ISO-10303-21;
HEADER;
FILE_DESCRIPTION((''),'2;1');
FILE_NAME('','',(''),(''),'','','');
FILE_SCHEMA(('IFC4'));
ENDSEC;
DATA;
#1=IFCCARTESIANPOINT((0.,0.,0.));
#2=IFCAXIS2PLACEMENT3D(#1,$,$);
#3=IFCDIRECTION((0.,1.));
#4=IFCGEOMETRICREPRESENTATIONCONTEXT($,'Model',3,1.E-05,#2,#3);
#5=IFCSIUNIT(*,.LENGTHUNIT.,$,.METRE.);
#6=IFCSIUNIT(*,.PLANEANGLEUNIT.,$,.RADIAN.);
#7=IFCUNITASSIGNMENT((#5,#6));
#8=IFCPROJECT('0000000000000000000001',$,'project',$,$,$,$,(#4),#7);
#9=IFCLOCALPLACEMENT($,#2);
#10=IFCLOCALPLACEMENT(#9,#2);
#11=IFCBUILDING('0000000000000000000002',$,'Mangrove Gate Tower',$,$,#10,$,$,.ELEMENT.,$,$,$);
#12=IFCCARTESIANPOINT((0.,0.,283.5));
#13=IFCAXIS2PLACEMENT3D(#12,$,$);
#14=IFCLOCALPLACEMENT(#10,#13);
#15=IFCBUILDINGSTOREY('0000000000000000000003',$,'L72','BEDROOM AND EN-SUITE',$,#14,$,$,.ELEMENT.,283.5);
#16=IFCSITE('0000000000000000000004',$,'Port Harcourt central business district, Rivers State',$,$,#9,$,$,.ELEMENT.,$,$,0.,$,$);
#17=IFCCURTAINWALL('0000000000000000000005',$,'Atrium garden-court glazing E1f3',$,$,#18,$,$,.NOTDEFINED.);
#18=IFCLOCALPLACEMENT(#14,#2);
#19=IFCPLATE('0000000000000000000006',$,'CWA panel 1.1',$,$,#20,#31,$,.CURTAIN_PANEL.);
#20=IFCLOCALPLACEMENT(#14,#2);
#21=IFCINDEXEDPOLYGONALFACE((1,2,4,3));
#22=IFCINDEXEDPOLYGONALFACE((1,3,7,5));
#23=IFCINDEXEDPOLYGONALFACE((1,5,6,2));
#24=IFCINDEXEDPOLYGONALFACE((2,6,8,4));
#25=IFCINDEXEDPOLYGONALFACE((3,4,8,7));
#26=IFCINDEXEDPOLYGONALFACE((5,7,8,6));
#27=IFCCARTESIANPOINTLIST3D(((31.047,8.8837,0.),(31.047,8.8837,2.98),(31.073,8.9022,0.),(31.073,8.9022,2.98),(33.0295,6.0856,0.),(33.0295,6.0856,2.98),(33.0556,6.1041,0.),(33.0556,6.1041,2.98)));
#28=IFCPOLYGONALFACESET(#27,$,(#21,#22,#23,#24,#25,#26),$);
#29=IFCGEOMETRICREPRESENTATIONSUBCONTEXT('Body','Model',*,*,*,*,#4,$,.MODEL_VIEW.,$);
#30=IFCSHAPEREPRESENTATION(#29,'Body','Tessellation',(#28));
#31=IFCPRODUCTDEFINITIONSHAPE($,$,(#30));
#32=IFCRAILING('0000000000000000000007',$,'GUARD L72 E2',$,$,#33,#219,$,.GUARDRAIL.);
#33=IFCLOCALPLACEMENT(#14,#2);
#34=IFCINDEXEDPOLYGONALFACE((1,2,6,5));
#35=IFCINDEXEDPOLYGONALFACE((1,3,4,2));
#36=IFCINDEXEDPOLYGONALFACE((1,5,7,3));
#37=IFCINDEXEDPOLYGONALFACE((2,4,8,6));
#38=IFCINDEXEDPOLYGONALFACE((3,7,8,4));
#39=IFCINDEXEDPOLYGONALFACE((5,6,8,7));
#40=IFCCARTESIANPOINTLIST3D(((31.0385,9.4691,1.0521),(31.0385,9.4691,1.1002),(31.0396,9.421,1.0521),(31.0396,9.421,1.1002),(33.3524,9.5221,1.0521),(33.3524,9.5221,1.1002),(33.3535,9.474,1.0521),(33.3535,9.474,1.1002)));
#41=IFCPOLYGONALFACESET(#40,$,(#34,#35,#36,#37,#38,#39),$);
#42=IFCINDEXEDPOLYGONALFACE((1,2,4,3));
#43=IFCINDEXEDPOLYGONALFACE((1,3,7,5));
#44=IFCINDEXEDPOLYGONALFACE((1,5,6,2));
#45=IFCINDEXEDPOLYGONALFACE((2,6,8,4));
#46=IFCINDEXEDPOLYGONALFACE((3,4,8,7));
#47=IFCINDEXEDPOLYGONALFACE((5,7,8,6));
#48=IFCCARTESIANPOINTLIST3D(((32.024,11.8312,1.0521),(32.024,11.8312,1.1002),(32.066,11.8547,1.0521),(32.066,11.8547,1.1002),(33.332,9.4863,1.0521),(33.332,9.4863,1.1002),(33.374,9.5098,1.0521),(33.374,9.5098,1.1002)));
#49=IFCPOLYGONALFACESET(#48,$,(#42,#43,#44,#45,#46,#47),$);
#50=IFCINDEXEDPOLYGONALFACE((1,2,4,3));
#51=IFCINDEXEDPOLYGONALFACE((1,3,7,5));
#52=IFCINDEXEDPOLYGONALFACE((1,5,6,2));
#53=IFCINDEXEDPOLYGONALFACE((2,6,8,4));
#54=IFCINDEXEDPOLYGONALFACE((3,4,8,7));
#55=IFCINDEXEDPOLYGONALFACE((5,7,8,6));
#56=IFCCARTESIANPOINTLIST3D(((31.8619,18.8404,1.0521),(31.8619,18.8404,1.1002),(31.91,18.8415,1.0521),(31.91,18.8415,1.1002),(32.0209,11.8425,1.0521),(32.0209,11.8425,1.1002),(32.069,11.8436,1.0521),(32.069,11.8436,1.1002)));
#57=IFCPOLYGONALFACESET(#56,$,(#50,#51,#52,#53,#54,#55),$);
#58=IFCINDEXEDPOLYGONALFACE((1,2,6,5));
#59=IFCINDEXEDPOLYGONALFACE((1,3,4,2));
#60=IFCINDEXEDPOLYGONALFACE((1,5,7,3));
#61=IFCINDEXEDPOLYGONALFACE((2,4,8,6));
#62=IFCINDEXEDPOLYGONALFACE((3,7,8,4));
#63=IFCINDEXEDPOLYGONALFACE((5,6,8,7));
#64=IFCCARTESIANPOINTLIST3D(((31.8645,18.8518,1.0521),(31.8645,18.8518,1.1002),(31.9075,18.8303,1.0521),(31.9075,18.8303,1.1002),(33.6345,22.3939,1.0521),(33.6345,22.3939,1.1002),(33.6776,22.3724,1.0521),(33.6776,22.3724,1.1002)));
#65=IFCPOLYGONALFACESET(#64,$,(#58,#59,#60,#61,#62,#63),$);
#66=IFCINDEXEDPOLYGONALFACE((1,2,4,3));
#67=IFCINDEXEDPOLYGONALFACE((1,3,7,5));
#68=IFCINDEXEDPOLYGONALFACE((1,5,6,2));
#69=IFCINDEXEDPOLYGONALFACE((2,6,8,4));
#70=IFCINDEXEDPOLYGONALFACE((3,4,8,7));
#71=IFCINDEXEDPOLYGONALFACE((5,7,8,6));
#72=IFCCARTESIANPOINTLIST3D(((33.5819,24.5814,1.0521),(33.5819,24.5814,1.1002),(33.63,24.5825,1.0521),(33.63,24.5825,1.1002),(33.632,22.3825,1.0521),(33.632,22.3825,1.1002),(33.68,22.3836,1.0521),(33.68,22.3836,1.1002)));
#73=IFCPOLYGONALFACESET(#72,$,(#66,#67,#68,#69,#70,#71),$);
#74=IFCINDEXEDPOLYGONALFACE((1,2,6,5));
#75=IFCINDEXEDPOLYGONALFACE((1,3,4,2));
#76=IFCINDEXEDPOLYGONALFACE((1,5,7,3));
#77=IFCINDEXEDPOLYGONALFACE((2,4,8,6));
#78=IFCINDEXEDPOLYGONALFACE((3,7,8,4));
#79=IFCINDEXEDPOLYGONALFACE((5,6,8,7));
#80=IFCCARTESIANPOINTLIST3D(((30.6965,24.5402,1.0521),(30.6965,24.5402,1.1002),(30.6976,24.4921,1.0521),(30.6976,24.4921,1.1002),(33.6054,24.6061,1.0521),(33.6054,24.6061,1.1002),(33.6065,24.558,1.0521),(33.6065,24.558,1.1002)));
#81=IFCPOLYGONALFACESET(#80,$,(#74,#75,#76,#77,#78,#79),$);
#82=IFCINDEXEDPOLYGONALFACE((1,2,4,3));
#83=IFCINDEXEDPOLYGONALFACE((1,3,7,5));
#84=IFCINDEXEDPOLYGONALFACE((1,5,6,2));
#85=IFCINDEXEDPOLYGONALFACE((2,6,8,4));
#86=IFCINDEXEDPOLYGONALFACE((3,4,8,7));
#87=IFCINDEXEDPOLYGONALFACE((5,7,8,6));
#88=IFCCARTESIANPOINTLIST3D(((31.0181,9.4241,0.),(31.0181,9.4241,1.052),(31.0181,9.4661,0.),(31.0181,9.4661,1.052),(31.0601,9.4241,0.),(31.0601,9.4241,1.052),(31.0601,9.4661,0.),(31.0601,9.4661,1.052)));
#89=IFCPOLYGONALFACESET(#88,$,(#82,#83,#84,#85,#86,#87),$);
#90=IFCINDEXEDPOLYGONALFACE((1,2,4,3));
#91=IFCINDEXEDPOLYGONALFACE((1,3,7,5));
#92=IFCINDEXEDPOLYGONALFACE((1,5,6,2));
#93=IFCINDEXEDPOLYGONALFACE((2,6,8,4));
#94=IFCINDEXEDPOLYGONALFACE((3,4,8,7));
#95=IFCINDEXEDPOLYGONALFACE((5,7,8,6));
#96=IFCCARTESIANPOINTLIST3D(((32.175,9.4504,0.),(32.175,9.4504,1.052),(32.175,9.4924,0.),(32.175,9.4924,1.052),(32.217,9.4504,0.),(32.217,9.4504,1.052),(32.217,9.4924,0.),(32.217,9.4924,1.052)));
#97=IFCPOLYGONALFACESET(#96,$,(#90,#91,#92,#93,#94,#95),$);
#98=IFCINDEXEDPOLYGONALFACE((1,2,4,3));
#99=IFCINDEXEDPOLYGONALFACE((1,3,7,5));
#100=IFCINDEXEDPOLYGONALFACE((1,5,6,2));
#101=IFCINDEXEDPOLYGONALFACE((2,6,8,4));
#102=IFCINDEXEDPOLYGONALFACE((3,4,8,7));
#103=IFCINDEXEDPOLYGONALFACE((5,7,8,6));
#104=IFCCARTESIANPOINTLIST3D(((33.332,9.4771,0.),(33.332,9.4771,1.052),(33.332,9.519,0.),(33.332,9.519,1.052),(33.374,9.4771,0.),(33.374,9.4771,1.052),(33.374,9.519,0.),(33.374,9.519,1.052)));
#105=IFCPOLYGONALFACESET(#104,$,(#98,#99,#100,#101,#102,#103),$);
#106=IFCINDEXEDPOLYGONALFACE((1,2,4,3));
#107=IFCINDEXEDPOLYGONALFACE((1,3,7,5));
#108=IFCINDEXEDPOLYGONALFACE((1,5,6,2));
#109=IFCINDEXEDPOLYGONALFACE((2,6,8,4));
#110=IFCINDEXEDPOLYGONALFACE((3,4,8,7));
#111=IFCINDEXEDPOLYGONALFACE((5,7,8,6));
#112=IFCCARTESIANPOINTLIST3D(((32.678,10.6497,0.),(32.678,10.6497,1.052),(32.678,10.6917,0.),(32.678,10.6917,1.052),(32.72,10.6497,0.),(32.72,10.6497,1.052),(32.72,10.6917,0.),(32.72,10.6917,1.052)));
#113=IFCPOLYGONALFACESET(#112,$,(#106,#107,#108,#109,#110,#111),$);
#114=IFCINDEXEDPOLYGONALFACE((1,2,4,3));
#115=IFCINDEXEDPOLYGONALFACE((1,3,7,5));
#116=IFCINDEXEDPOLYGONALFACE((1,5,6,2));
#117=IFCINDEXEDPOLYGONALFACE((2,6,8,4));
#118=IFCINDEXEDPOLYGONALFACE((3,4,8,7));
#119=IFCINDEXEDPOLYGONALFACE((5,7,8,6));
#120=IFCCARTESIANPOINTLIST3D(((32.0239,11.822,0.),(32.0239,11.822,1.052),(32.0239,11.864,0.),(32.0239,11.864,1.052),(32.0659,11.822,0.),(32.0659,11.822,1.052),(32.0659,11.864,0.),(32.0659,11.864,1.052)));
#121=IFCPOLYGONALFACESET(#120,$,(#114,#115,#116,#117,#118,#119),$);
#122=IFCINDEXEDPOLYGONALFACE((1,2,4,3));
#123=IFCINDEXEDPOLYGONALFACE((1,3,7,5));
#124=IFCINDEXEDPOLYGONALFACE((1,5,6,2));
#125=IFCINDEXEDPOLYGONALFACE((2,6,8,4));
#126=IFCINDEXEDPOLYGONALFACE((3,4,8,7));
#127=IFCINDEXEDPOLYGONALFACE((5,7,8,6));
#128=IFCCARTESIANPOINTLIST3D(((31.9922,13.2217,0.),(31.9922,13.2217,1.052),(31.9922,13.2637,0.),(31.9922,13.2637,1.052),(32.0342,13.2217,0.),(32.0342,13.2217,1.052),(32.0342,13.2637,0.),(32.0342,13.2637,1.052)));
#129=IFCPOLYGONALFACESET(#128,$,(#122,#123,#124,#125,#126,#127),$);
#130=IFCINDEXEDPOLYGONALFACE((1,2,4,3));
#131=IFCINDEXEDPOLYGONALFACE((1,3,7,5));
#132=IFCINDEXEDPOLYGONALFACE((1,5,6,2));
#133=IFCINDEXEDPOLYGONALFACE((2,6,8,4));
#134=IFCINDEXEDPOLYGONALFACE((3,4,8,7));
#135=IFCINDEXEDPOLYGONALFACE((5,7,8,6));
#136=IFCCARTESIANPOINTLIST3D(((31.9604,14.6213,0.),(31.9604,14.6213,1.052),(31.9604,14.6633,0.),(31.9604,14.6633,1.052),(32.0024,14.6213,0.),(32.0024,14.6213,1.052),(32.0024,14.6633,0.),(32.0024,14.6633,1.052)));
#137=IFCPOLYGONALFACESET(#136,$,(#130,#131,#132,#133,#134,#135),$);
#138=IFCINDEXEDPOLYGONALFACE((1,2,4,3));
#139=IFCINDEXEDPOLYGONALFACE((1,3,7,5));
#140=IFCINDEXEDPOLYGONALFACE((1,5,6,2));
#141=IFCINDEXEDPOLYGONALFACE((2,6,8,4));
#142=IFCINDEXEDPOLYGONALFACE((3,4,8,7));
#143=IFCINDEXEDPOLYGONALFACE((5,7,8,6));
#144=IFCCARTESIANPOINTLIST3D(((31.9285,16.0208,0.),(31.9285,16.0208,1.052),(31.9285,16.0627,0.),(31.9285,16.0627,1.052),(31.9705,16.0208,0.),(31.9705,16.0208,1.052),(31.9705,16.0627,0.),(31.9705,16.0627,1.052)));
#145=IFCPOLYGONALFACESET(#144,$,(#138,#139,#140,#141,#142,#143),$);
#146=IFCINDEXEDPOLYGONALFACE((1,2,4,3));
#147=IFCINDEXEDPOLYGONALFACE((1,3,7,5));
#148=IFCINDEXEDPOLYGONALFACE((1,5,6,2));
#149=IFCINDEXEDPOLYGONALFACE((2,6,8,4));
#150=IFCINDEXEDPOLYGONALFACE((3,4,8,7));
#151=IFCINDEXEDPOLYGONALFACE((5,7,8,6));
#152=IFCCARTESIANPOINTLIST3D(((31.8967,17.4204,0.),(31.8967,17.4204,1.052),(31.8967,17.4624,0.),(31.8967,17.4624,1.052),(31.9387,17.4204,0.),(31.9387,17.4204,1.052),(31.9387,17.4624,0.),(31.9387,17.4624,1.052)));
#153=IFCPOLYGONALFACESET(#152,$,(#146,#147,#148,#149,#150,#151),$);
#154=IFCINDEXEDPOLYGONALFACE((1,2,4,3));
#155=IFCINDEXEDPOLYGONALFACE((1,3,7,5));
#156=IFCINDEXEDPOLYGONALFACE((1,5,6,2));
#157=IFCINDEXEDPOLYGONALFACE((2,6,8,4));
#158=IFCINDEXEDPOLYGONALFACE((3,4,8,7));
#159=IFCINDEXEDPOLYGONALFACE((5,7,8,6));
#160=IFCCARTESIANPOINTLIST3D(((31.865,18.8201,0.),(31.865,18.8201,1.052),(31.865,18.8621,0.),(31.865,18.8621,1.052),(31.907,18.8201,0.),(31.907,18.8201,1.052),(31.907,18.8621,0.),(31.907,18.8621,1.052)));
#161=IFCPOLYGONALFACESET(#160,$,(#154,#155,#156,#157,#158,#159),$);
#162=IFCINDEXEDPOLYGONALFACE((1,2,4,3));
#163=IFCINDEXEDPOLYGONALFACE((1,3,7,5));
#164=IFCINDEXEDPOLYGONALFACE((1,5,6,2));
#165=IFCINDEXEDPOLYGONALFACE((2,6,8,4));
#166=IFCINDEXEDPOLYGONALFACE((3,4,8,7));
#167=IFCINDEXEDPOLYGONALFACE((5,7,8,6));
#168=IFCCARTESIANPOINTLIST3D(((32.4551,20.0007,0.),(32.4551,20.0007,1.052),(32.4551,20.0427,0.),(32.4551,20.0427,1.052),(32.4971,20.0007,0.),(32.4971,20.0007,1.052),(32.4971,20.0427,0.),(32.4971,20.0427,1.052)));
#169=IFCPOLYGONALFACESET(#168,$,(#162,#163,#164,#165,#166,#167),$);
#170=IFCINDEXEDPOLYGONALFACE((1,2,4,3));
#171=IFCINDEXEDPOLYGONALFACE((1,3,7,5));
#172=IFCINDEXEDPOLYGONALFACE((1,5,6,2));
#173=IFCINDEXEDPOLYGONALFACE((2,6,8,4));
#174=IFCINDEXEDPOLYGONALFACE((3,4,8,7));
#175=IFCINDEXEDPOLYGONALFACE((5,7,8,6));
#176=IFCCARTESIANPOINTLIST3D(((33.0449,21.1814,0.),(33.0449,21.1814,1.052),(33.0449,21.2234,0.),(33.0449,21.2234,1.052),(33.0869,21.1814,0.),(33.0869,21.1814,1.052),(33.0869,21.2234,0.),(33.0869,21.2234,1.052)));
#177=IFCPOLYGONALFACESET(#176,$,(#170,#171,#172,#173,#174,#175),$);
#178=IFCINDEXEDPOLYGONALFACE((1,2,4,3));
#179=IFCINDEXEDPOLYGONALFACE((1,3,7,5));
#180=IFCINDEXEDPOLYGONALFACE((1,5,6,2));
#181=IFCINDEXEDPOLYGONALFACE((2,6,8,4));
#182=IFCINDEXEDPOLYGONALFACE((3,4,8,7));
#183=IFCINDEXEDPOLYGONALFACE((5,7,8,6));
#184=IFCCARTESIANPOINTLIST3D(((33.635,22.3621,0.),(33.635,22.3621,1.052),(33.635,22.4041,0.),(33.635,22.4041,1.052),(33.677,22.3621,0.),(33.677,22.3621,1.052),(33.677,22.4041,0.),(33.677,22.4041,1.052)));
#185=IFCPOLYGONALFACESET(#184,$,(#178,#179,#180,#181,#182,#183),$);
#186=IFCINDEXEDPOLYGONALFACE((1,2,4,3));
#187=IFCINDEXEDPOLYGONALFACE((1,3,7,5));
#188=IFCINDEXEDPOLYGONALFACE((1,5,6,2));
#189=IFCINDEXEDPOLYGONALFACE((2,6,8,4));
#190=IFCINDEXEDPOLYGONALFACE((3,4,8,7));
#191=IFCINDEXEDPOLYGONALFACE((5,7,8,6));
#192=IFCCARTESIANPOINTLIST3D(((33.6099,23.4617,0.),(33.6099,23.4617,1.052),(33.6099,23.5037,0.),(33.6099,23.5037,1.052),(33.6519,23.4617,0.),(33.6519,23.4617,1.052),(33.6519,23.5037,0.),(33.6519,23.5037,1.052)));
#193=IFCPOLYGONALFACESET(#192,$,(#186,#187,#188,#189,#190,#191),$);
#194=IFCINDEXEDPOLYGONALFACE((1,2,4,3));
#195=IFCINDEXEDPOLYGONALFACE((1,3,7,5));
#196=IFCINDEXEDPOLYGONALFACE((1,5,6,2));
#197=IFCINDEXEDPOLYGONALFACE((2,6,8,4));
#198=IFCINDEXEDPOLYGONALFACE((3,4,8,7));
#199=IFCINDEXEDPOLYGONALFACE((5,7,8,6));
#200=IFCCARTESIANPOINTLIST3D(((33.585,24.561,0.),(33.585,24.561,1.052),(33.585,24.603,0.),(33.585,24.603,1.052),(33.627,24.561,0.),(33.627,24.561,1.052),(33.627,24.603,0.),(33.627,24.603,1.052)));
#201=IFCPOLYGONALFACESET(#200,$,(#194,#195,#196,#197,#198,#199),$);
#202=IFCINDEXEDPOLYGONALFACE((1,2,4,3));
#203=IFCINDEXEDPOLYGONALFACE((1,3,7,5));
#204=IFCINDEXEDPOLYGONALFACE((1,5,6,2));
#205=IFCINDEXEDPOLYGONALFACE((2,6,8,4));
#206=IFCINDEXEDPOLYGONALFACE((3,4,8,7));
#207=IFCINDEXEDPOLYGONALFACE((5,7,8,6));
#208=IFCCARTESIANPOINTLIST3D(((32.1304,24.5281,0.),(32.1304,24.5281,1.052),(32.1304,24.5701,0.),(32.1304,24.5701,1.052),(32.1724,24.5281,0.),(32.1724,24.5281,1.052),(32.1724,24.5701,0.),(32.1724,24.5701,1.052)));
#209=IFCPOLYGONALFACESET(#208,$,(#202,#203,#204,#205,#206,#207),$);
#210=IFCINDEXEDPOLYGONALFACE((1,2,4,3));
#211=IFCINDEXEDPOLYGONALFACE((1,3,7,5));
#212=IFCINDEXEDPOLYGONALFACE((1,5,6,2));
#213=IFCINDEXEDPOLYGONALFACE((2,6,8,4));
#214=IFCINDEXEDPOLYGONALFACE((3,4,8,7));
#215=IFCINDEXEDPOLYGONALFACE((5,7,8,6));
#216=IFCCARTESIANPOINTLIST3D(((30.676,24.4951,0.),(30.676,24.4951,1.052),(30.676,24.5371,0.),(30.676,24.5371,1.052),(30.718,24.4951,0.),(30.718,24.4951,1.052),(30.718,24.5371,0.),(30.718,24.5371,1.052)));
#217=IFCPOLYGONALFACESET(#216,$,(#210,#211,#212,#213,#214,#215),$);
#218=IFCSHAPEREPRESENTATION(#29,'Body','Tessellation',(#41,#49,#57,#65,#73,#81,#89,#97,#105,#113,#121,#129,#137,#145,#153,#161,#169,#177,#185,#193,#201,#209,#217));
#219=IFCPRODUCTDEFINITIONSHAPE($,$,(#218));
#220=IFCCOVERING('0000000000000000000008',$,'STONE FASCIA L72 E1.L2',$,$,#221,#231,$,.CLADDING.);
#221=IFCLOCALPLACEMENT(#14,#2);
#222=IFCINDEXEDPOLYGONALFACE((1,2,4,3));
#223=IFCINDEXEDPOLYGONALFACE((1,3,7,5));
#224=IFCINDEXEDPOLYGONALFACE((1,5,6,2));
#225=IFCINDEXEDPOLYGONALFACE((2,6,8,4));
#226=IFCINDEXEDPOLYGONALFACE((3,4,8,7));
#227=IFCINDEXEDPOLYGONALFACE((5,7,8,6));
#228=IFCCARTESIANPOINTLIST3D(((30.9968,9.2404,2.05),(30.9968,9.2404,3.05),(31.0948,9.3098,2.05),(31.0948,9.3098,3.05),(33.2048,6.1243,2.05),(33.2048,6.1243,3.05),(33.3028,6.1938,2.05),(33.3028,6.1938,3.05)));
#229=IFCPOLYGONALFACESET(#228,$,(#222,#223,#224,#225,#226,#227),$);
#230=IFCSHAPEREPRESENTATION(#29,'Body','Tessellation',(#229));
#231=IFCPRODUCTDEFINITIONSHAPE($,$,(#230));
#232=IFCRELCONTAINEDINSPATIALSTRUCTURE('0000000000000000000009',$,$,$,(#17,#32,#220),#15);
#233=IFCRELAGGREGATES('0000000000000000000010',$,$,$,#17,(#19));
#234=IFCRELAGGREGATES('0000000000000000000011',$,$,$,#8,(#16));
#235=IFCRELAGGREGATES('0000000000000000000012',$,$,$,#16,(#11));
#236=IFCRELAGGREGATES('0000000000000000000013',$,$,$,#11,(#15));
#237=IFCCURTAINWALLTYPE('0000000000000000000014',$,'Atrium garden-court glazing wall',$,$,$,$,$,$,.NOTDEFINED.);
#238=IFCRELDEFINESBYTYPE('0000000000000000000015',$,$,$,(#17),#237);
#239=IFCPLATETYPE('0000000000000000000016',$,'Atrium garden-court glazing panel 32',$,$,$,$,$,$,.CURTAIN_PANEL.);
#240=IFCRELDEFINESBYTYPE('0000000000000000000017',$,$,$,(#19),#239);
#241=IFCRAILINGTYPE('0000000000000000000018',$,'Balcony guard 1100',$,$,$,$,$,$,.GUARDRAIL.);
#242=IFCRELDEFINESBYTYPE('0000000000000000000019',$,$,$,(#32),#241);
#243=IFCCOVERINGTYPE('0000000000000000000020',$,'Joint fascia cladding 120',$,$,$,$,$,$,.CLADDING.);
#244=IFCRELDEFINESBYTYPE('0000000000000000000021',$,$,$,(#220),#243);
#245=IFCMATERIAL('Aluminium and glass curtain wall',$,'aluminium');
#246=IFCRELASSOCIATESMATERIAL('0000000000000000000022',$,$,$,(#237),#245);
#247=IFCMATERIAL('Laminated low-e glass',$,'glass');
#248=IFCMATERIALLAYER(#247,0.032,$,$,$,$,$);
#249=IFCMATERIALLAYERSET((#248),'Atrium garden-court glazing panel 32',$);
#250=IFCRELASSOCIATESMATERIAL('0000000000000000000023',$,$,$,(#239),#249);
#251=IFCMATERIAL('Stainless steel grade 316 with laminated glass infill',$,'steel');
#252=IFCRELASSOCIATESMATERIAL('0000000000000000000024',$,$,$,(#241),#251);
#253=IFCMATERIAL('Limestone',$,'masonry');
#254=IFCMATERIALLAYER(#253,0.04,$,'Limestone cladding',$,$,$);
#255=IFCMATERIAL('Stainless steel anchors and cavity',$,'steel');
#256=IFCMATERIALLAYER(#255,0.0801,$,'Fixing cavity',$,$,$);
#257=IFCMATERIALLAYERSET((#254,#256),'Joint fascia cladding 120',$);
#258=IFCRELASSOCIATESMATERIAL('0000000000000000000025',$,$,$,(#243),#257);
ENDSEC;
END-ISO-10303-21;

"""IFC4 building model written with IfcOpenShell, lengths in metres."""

from ifc_helpers import new_model, si_unit, direction, frame, frame_2d, origin, origin_2d, place, context, subcontext, project, spatial, rectangle, extrude, material, layer, layer_set, type_object, element, aggregate, save


model = new_model("IFC4")

# Units and contexts
model_context = context("Model", 3, precision=1e-05, world=origin(), true_north=direction((0.0, 1.0)))
body_context = subcontext(model_context, "Body", "Model", "MODEL_VIEW")
ifc_project = project(units=[si_unit("LENGTHUNIT", "METRE"), si_unit("PLANEANGLEUNIT", "RADIAN")], contexts=[model_context])

# Site, building, storey
site_placement = place(None, origin())
site = spatial("IfcSite", under=ifc_project, at=site_placement, Name="Port Harcourt central business district, Rivers State", CompositionType="ELEMENT", RefElevation=0.0)
building_placement = place(site_placement, origin())
building = spatial("IfcBuilding", under=site, at=building_placement, Name="Mangrove Gate Tower", CompositionType="ELEMENT")
storey_placement = place(building_placement, frame((0.0, 0.0, 283.5)))
storey = spatial("IfcBuildingStorey", under=building, at=storey_placement, Name="L72", Description="BEDROOM AND EN-SUITE", CompositionType="ELEMENT", Elevation=283.5)

# Shared definitions
ifc_material_1 = material(Name="Aluminium and glass curtain wall", Category="aluminium")
curtain_wall_type = type_object("IfcCurtainWallType", Name="Atrium garden-court glazing wall", PredefinedType="NOTDEFINED", material=ifc_material_1)

# Curtain wall
curtain_wall_1_placement = place(storey_placement, origin())
curtain_wall_1 = element("IfcCurtainWall", 1, at=curtain_wall_1_placement, inside=storey, type_object=curtain_wall_type, Name="Atrium garden-court glazing E1f3", PredefinedType="NOTDEFINED")

# Plate
ifc_material_2 = material(Name="Laminated low-e glass", Category="glass")
ifc_layer_1 = layer(ifc_material_2, 0.032)
ifc_layer_set_1 = layer_set([ifc_layer_1], Name="Atrium garden-court glazing panel 32")
plate_type = type_object("IfcPlateType", Name="Atrium garden-court glazing panel 32", PredefinedType="CURTAIN_PANEL", material=ifc_layer_set_1)
plate_1_placement = place(storey_placement, frame((32.0513, 7.4939, 0.0), z_axis=(0.0, 0.0, 1.0), x_axis=(-0.578135, 0.815941, 0.0)))
plate_1 = element("IfcPlate", 2, at=plate_1_placement, type_object=plate_type, Name="CWA panel 1.1", PredefinedType="CURTAIN_PANEL", context=body_context, shape_type="SweptSolid", body=[
    extrude(rectangle(XDim=3.4292, YDim=0.032, at=origin_2d()), origin(), (0.0, 0.0, 1.0), 2.98),
])
aggregate(curtain_wall_1, [plate_1])

# Shared definitions
ifc_material_3 = material(Name="Limestone", Category="masonry")

# Railing
ifc_material_4 = material(Name="Stainless steel grade 316 with laminated glass infill", Category="steel")
railing_type = type_object("IfcRailingType", Name="Balcony guard 1100", PredefinedType="GUARDRAIL", material=ifc_material_4)
railing_placement = place(storey_placement, frame((31.0391, 9.4451, 0.0)))
element("IfcRailing", 3, at=railing_placement, inside=storey, type_object=railing_type, Name="GUARD L72 E2", PredefinedType="GUARDRAIL", context=body_context, shape_type="SweptSolid", body=[
    extrude(rectangle(XDim=0.0481, YDim=0.0481, at=origin_2d()), frame((0.0, 0.0, 1.0762), z_axis=(0.999738, 0.022889, 0.0), x_axis=(-0.022889, 0.999738, 0.0)), (0.0, 0.0, 1.0), 2.3145),
    extrude(rectangle(XDim=0.0481, YDim=0.0481, at=origin_2d()), frame((2.314, 0.053, 1.0762), z_axis=(-0.487163, 0.873311, 0.0), x_axis=(-0.873311, -0.487163, 0.0)), (0.0, 0.0, 1.0), 2.6851),
    extrude(rectangle(XDim=0.0481, YDim=0.0481, at=origin_2d()), frame((1.0059, 2.3979, 1.0762), z_axis=(-0.022706, 0.999742, 0.0), x_axis=(-0.999742, -0.022706, 0.0)), (0.0, 0.0, 1.0), 6.9998),
    extrude(rectangle(XDim=0.0481, YDim=0.0481, at=origin_2d()), frame((0.8469, 9.396, 1.0762), z_axis=(0.447016, 0.894526, 0.0), x_axis=(-0.894526, 0.447016, 0.0)), (0.0, 0.0, 1.0), 3.9597),
    extrude(rectangle(XDim=0.0481, YDim=0.0481, at=origin_2d()), frame((2.6169, 12.938, 1.0762), z_axis=(-0.022754, 0.999741, 0.0), x_axis=(-0.999741, -0.022754, 0.0)), (0.0, 0.0, 1.0), 2.1995),
    extrude(rectangle(XDim=0.0481, YDim=0.0481, at=origin_2d()), frame((2.5669, 15.137, 1.0762), z_axis=(-0.999743, -0.022655, 0.0), x_axis=(0.022655, -0.999743, 0.0)), (0.0, 0.0, 1.0), 2.9097),
    extrude(rectangle(XDim=0.042, YDim=0.042, at=origin_2d()), origin(), (0.0, 0.0, 1.0), 1.052),
    extrude(rectangle(XDim=0.042, YDim=0.042, at=origin_2d()), frame((1.157, 0.0264, 0.0)), (0.0, 0.0, 1.0), 1.052),
    extrude(rectangle(XDim=0.042, YDim=0.042, at=origin_2d()), frame((2.314, 0.053, 0.0)), (0.0, 0.0, 1.0), 1.052),
    extrude(rectangle(XDim=0.042, YDim=0.042, at=origin_2d()), frame((1.6599, 1.2256, 0.0)), (0.0, 0.0, 1.0), 1.052),
    extrude(rectangle(XDim=0.042, YDim=0.042, at=origin_2d()), frame((1.0059, 2.3979, 0.0)), (0.0, 0.0, 1.0), 1.052),
    extrude(rectangle(XDim=0.042, YDim=0.042, at=origin_2d()), frame((0.9741, 3.7976, 0.0)), (0.0, 0.0, 1.0), 1.052),
    extrude(rectangle(XDim=0.042, YDim=0.042, at=origin_2d()), frame((0.9424, 5.1973, 0.0)), (0.0, 0.0, 1.0), 1.052),
    extrude(rectangle(XDim=0.042, YDim=0.042, at=origin_2d()), frame((0.9104, 6.5967, 0.0)), (0.0, 0.0, 1.0), 1.052),
    extrude(rectangle(XDim=0.042, YDim=0.042, at=origin_2d()), frame((0.8787, 7.9963, 0.0)), (0.0, 0.0, 1.0), 1.052),
    extrude(rectangle(XDim=0.042, YDim=0.042, at=origin_2d()), frame((0.8469, 9.396, 0.0)), (0.0, 0.0, 1.0), 1.052),
    extrude(rectangle(XDim=0.042, YDim=0.042, at=origin_2d()), frame((1.437, 10.5767, 0.0)), (0.0, 0.0, 1.0), 1.052),
    extrude(rectangle(XDim=0.042, YDim=0.042, at=origin_2d()), frame((2.0269, 11.7573, 0.0)), (0.0, 0.0, 1.0), 1.052),
    extrude(rectangle(XDim=0.042, YDim=0.042, at=origin_2d()), frame((2.6169, 12.938, 0.0)), (0.0, 0.0, 1.0), 1.052),
    extrude(rectangle(XDim=0.042, YDim=0.042, at=origin_2d()), frame((2.5918, 14.0376, 0.0)), (0.0, 0.0, 1.0), 1.052),
    extrude(rectangle(XDim=0.042, YDim=0.042, at=origin_2d()), frame((2.5669, 15.137, 0.0)), (0.0, 0.0, 1.0), 1.052),
    extrude(rectangle(XDim=0.042, YDim=0.042, at=origin_2d()), frame((1.1123, 15.104, 0.0)), (0.0, 0.0, 1.0), 1.052),
    extrude(rectangle(XDim=0.042, YDim=0.042, at=origin_2d()), frame((-0.342, 15.071, 0.0)), (0.0, 0.0, 1.0), 1.052),
])

# Covering
ifc_layer_2 = layer(ifc_material_3, 0.04, Name="Limestone cladding")
ifc_material_5 = material(Name="Stainless steel anchors and cavity", Category="steel")
ifc_layer_3 = layer(ifc_material_5, 0.0801, Name="Fixing cavity")
ifc_layer_set_2 = layer_set([ifc_layer_2, ifc_layer_3], Name="Joint fascia cladding 120")
covering_type = type_object("IfcCoveringType", Name="Joint fascia cladding 120", PredefinedType="CLADDING", material=ifc_layer_set_2)
covering_placement = place(storey_placement, frame((33.2539, 6.1589, 2.05), z_axis=(0.0, 0.0, 1.0), x_axis=(-0.578168, 0.815918, 0.0)))
element("IfcCovering", 4, at=covering_placement, inside=storey, type_object=covering_type, Name="STONE FASCIA L72 E1.L2", PredefinedType="CLADDING", context=body_context, shape_type="SweptSolid", body=[
    extrude(rectangle(XDim=3.8191, YDim=0.1201, at=frame_2d((1.9097, 0.0))), origin(), (0.0, 0.0, 1.0), 1.0),
])

save(model, "model.ifc")
